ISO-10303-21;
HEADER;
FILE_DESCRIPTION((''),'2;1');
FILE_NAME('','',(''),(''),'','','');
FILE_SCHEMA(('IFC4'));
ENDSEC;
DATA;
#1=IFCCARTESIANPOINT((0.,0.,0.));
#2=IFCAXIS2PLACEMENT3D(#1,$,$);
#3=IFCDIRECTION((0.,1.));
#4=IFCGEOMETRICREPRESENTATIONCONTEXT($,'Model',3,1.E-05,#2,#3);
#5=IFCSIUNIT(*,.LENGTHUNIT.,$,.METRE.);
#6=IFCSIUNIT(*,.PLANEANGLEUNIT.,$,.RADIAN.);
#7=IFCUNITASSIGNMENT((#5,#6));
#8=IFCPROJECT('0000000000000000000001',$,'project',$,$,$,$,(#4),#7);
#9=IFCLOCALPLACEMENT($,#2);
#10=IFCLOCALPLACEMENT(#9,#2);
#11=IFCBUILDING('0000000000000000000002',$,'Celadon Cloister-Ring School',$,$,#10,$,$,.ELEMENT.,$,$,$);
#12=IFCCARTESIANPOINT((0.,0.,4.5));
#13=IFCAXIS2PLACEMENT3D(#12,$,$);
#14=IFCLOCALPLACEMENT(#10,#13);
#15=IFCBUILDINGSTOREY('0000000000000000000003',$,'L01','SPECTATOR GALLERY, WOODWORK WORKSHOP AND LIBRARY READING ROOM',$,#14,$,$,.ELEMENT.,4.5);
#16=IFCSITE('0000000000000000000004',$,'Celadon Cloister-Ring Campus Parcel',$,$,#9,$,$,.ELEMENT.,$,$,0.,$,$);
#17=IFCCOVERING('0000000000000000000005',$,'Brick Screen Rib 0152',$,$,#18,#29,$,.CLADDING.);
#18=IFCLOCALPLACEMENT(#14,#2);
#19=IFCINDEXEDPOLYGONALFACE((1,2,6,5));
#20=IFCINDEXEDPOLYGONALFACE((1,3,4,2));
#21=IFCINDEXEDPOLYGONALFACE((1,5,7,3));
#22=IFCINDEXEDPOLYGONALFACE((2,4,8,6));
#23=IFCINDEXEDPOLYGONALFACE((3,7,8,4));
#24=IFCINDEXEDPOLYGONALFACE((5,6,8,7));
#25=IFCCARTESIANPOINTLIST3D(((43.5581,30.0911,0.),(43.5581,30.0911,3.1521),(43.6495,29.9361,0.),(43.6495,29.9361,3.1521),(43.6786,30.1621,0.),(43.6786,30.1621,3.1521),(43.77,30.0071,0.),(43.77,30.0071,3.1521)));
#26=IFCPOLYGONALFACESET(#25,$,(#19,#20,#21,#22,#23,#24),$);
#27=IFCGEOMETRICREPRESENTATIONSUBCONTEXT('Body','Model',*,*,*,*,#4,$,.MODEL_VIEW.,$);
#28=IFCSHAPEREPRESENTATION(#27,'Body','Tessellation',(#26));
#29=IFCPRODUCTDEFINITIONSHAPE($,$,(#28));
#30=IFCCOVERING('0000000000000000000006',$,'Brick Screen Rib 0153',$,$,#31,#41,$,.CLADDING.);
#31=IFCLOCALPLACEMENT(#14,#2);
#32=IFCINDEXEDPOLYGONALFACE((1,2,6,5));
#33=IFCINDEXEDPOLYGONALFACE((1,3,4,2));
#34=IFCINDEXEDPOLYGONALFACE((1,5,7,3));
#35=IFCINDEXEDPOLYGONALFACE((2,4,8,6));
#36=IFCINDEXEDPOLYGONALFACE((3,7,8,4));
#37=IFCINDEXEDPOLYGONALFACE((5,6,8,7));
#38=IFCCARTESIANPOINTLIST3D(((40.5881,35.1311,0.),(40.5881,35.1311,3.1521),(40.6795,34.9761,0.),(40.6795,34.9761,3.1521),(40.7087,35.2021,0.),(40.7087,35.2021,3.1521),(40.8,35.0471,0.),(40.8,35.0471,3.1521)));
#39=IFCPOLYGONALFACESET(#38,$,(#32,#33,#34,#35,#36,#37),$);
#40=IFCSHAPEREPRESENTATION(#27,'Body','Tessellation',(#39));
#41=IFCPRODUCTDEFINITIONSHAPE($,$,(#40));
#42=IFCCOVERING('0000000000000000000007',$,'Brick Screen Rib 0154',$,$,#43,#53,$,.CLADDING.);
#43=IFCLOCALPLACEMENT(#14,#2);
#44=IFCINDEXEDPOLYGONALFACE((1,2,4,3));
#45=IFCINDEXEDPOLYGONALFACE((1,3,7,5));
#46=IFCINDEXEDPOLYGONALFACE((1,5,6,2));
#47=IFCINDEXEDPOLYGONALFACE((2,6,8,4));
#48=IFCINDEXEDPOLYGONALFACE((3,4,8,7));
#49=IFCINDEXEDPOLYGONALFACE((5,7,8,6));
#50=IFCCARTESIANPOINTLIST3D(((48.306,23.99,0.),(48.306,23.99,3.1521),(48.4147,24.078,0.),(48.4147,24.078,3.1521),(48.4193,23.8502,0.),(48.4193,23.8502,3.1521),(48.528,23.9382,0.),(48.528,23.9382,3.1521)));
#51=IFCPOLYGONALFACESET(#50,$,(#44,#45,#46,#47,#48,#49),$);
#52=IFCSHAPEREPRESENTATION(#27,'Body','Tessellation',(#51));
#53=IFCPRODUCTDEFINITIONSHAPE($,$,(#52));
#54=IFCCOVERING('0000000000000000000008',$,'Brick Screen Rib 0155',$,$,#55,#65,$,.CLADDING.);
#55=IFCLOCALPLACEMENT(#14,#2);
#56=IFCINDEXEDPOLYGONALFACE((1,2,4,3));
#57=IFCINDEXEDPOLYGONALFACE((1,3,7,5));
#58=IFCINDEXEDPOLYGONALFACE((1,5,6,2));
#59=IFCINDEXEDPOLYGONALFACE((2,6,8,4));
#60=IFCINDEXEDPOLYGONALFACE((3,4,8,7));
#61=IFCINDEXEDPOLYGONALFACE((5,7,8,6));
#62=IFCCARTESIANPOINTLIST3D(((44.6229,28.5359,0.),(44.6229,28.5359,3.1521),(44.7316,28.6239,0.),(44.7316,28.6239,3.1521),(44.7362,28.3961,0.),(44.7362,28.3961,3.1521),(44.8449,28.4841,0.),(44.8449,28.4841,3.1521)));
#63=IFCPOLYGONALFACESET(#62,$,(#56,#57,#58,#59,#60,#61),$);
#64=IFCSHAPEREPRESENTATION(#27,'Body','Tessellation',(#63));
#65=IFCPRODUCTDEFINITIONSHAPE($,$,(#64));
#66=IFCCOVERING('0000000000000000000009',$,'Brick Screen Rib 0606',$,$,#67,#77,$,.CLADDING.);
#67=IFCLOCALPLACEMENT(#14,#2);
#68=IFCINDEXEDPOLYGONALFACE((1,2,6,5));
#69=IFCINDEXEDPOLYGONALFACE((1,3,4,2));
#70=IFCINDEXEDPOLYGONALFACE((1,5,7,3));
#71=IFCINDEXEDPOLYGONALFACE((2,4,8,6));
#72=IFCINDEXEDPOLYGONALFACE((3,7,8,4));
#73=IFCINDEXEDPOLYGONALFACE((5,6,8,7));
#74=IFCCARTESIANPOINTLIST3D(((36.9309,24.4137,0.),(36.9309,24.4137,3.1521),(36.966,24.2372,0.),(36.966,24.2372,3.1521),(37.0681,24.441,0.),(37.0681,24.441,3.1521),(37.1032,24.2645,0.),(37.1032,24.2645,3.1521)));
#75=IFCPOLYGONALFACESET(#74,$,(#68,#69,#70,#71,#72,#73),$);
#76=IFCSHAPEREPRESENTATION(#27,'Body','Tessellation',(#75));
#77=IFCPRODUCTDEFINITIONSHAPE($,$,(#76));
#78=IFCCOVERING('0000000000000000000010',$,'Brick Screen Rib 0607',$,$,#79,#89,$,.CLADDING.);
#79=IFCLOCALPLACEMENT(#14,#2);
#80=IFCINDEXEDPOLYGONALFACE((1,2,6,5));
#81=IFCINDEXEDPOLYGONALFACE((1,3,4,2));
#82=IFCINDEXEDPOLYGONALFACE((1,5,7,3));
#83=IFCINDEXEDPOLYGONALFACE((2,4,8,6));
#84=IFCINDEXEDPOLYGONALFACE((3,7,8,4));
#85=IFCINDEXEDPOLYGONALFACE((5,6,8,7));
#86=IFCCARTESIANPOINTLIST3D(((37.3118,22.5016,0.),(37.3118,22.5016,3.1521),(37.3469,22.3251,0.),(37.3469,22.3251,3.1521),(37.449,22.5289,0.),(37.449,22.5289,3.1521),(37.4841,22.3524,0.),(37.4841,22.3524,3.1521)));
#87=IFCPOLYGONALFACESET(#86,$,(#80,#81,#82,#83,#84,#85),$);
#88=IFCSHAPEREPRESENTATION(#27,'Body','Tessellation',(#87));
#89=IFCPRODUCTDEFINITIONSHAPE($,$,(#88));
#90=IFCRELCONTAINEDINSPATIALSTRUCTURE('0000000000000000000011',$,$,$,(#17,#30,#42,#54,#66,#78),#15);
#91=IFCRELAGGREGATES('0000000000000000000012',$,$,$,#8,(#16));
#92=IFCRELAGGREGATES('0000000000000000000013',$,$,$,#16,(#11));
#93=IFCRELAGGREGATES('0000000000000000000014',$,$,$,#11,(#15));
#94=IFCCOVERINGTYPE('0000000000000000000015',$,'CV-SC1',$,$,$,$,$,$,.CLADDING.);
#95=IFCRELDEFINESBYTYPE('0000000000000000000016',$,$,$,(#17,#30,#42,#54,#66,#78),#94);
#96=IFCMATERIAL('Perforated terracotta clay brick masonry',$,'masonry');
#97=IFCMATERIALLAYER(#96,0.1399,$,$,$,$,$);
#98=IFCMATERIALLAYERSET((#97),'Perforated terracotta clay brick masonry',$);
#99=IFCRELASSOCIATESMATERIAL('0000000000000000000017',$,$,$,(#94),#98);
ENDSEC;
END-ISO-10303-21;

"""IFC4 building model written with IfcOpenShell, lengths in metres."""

from ifc_helpers import new_model, si_unit, direction, frame, origin, origin_2d, place, context, subcontext, project, spatial, rectangle, extrude, material, layer, layer_set, type_object, element, save


model = new_model("IFC4")

# Units and contexts
model_context = context("Model", 3, precision=1e-05, world=origin(), true_north=direction((0.0, 1.0)))
body_context = subcontext(model_context, "Body", "Model", "MODEL_VIEW")
ifc_project = project(units=[si_unit("LENGTHUNIT", "METRE"), si_unit("PLANEANGLEUNIT", "RADIAN")], contexts=[model_context])

# Site, building, storey
site_placement = place(None, origin())
site = spatial("IfcSite", under=ifc_project, at=site_placement, Name="Celadon Cloister-Ring Campus Parcel", CompositionType="ELEMENT", RefElevation=0.0)
building_placement = place(site_placement, origin())
building = spatial("IfcBuilding", under=site, at=building_placement, Name="Celadon Cloister-Ring School", CompositionType="ELEMENT")
storey_placement = place(building_placement, frame((0.0, 0.0, 4.5)))
storey = spatial("IfcBuildingStorey", under=building, at=storey_placement, Name="L01", Description="SPECTATOR GALLERY, WOODWORK WORKSHOP AND LIBRARY READING ROOM", CompositionType="ELEMENT", Elevation=4.5)

# Coverings
ifc_material_1 = material(Name="Perforated terracotta clay brick masonry", Category="masonry")
ifc_layer_1 = layer(ifc_material_1, 0.1399)
ifc_layer_set_1 = layer_set([ifc_layer_1], Name="Perforated terracotta clay brick masonry")
covering_type = type_object("IfcCoveringType", Name="CV-SC1", PredefinedType="CLADDING", material=ifc_layer_set_1)
for number, where, z_axis, x_axis, name in (
    (1, (43.6641, 30.0491, 0.0), (0.0, 0.0, 1.0), (-0.507809, 0.86147, 0.0), "Brick Screen Rib 0152"),
    (2, (40.6941, 35.0891, 0.0), (0.0, 0.0, 1.0), (-0.507809, 0.86147, 0.0), "Brick Screen Rib 0153"),
    (3, (48.417, 23.9641, 0.0), (0.0, 0.0, 1.0), (-0.62951, 0.776992, 0.0), "Brick Screen Rib 0154"),
    (4, (44.7339, 28.51, 0.0), (0.0, 0.0, 1.0), (-0.62951, 0.776992, 0.0), "Brick Screen Rib 0155"),
    (5, (37.0171, 24.3391, 0.0), (0.0, 0.0, 1.0), (0.195142, -0.980775, 0.0), "Brick Screen Rib 0606"),
    (6, (37.3979, 22.427, 0.0), (0.0, 0.0, 1.0), (0.195142, -0.980775, 0.0), "Brick Screen Rib 0607"),
):
    element("IfcCovering", number, at=place(storey_placement, frame(where, z_axis=z_axis, x_axis=x_axis)), inside=storey, type_object=covering_type, Name=name, PredefinedType="CLADDING", context=body_context, shape_type="SweptSolid", body=[
        extrude(rectangle(XDim=0.1799, YDim=0.1399, at=origin_2d()), origin(), (0.0, 0.0, 1.0), 3.1521),
    ])

save(model, "model.ifc")
